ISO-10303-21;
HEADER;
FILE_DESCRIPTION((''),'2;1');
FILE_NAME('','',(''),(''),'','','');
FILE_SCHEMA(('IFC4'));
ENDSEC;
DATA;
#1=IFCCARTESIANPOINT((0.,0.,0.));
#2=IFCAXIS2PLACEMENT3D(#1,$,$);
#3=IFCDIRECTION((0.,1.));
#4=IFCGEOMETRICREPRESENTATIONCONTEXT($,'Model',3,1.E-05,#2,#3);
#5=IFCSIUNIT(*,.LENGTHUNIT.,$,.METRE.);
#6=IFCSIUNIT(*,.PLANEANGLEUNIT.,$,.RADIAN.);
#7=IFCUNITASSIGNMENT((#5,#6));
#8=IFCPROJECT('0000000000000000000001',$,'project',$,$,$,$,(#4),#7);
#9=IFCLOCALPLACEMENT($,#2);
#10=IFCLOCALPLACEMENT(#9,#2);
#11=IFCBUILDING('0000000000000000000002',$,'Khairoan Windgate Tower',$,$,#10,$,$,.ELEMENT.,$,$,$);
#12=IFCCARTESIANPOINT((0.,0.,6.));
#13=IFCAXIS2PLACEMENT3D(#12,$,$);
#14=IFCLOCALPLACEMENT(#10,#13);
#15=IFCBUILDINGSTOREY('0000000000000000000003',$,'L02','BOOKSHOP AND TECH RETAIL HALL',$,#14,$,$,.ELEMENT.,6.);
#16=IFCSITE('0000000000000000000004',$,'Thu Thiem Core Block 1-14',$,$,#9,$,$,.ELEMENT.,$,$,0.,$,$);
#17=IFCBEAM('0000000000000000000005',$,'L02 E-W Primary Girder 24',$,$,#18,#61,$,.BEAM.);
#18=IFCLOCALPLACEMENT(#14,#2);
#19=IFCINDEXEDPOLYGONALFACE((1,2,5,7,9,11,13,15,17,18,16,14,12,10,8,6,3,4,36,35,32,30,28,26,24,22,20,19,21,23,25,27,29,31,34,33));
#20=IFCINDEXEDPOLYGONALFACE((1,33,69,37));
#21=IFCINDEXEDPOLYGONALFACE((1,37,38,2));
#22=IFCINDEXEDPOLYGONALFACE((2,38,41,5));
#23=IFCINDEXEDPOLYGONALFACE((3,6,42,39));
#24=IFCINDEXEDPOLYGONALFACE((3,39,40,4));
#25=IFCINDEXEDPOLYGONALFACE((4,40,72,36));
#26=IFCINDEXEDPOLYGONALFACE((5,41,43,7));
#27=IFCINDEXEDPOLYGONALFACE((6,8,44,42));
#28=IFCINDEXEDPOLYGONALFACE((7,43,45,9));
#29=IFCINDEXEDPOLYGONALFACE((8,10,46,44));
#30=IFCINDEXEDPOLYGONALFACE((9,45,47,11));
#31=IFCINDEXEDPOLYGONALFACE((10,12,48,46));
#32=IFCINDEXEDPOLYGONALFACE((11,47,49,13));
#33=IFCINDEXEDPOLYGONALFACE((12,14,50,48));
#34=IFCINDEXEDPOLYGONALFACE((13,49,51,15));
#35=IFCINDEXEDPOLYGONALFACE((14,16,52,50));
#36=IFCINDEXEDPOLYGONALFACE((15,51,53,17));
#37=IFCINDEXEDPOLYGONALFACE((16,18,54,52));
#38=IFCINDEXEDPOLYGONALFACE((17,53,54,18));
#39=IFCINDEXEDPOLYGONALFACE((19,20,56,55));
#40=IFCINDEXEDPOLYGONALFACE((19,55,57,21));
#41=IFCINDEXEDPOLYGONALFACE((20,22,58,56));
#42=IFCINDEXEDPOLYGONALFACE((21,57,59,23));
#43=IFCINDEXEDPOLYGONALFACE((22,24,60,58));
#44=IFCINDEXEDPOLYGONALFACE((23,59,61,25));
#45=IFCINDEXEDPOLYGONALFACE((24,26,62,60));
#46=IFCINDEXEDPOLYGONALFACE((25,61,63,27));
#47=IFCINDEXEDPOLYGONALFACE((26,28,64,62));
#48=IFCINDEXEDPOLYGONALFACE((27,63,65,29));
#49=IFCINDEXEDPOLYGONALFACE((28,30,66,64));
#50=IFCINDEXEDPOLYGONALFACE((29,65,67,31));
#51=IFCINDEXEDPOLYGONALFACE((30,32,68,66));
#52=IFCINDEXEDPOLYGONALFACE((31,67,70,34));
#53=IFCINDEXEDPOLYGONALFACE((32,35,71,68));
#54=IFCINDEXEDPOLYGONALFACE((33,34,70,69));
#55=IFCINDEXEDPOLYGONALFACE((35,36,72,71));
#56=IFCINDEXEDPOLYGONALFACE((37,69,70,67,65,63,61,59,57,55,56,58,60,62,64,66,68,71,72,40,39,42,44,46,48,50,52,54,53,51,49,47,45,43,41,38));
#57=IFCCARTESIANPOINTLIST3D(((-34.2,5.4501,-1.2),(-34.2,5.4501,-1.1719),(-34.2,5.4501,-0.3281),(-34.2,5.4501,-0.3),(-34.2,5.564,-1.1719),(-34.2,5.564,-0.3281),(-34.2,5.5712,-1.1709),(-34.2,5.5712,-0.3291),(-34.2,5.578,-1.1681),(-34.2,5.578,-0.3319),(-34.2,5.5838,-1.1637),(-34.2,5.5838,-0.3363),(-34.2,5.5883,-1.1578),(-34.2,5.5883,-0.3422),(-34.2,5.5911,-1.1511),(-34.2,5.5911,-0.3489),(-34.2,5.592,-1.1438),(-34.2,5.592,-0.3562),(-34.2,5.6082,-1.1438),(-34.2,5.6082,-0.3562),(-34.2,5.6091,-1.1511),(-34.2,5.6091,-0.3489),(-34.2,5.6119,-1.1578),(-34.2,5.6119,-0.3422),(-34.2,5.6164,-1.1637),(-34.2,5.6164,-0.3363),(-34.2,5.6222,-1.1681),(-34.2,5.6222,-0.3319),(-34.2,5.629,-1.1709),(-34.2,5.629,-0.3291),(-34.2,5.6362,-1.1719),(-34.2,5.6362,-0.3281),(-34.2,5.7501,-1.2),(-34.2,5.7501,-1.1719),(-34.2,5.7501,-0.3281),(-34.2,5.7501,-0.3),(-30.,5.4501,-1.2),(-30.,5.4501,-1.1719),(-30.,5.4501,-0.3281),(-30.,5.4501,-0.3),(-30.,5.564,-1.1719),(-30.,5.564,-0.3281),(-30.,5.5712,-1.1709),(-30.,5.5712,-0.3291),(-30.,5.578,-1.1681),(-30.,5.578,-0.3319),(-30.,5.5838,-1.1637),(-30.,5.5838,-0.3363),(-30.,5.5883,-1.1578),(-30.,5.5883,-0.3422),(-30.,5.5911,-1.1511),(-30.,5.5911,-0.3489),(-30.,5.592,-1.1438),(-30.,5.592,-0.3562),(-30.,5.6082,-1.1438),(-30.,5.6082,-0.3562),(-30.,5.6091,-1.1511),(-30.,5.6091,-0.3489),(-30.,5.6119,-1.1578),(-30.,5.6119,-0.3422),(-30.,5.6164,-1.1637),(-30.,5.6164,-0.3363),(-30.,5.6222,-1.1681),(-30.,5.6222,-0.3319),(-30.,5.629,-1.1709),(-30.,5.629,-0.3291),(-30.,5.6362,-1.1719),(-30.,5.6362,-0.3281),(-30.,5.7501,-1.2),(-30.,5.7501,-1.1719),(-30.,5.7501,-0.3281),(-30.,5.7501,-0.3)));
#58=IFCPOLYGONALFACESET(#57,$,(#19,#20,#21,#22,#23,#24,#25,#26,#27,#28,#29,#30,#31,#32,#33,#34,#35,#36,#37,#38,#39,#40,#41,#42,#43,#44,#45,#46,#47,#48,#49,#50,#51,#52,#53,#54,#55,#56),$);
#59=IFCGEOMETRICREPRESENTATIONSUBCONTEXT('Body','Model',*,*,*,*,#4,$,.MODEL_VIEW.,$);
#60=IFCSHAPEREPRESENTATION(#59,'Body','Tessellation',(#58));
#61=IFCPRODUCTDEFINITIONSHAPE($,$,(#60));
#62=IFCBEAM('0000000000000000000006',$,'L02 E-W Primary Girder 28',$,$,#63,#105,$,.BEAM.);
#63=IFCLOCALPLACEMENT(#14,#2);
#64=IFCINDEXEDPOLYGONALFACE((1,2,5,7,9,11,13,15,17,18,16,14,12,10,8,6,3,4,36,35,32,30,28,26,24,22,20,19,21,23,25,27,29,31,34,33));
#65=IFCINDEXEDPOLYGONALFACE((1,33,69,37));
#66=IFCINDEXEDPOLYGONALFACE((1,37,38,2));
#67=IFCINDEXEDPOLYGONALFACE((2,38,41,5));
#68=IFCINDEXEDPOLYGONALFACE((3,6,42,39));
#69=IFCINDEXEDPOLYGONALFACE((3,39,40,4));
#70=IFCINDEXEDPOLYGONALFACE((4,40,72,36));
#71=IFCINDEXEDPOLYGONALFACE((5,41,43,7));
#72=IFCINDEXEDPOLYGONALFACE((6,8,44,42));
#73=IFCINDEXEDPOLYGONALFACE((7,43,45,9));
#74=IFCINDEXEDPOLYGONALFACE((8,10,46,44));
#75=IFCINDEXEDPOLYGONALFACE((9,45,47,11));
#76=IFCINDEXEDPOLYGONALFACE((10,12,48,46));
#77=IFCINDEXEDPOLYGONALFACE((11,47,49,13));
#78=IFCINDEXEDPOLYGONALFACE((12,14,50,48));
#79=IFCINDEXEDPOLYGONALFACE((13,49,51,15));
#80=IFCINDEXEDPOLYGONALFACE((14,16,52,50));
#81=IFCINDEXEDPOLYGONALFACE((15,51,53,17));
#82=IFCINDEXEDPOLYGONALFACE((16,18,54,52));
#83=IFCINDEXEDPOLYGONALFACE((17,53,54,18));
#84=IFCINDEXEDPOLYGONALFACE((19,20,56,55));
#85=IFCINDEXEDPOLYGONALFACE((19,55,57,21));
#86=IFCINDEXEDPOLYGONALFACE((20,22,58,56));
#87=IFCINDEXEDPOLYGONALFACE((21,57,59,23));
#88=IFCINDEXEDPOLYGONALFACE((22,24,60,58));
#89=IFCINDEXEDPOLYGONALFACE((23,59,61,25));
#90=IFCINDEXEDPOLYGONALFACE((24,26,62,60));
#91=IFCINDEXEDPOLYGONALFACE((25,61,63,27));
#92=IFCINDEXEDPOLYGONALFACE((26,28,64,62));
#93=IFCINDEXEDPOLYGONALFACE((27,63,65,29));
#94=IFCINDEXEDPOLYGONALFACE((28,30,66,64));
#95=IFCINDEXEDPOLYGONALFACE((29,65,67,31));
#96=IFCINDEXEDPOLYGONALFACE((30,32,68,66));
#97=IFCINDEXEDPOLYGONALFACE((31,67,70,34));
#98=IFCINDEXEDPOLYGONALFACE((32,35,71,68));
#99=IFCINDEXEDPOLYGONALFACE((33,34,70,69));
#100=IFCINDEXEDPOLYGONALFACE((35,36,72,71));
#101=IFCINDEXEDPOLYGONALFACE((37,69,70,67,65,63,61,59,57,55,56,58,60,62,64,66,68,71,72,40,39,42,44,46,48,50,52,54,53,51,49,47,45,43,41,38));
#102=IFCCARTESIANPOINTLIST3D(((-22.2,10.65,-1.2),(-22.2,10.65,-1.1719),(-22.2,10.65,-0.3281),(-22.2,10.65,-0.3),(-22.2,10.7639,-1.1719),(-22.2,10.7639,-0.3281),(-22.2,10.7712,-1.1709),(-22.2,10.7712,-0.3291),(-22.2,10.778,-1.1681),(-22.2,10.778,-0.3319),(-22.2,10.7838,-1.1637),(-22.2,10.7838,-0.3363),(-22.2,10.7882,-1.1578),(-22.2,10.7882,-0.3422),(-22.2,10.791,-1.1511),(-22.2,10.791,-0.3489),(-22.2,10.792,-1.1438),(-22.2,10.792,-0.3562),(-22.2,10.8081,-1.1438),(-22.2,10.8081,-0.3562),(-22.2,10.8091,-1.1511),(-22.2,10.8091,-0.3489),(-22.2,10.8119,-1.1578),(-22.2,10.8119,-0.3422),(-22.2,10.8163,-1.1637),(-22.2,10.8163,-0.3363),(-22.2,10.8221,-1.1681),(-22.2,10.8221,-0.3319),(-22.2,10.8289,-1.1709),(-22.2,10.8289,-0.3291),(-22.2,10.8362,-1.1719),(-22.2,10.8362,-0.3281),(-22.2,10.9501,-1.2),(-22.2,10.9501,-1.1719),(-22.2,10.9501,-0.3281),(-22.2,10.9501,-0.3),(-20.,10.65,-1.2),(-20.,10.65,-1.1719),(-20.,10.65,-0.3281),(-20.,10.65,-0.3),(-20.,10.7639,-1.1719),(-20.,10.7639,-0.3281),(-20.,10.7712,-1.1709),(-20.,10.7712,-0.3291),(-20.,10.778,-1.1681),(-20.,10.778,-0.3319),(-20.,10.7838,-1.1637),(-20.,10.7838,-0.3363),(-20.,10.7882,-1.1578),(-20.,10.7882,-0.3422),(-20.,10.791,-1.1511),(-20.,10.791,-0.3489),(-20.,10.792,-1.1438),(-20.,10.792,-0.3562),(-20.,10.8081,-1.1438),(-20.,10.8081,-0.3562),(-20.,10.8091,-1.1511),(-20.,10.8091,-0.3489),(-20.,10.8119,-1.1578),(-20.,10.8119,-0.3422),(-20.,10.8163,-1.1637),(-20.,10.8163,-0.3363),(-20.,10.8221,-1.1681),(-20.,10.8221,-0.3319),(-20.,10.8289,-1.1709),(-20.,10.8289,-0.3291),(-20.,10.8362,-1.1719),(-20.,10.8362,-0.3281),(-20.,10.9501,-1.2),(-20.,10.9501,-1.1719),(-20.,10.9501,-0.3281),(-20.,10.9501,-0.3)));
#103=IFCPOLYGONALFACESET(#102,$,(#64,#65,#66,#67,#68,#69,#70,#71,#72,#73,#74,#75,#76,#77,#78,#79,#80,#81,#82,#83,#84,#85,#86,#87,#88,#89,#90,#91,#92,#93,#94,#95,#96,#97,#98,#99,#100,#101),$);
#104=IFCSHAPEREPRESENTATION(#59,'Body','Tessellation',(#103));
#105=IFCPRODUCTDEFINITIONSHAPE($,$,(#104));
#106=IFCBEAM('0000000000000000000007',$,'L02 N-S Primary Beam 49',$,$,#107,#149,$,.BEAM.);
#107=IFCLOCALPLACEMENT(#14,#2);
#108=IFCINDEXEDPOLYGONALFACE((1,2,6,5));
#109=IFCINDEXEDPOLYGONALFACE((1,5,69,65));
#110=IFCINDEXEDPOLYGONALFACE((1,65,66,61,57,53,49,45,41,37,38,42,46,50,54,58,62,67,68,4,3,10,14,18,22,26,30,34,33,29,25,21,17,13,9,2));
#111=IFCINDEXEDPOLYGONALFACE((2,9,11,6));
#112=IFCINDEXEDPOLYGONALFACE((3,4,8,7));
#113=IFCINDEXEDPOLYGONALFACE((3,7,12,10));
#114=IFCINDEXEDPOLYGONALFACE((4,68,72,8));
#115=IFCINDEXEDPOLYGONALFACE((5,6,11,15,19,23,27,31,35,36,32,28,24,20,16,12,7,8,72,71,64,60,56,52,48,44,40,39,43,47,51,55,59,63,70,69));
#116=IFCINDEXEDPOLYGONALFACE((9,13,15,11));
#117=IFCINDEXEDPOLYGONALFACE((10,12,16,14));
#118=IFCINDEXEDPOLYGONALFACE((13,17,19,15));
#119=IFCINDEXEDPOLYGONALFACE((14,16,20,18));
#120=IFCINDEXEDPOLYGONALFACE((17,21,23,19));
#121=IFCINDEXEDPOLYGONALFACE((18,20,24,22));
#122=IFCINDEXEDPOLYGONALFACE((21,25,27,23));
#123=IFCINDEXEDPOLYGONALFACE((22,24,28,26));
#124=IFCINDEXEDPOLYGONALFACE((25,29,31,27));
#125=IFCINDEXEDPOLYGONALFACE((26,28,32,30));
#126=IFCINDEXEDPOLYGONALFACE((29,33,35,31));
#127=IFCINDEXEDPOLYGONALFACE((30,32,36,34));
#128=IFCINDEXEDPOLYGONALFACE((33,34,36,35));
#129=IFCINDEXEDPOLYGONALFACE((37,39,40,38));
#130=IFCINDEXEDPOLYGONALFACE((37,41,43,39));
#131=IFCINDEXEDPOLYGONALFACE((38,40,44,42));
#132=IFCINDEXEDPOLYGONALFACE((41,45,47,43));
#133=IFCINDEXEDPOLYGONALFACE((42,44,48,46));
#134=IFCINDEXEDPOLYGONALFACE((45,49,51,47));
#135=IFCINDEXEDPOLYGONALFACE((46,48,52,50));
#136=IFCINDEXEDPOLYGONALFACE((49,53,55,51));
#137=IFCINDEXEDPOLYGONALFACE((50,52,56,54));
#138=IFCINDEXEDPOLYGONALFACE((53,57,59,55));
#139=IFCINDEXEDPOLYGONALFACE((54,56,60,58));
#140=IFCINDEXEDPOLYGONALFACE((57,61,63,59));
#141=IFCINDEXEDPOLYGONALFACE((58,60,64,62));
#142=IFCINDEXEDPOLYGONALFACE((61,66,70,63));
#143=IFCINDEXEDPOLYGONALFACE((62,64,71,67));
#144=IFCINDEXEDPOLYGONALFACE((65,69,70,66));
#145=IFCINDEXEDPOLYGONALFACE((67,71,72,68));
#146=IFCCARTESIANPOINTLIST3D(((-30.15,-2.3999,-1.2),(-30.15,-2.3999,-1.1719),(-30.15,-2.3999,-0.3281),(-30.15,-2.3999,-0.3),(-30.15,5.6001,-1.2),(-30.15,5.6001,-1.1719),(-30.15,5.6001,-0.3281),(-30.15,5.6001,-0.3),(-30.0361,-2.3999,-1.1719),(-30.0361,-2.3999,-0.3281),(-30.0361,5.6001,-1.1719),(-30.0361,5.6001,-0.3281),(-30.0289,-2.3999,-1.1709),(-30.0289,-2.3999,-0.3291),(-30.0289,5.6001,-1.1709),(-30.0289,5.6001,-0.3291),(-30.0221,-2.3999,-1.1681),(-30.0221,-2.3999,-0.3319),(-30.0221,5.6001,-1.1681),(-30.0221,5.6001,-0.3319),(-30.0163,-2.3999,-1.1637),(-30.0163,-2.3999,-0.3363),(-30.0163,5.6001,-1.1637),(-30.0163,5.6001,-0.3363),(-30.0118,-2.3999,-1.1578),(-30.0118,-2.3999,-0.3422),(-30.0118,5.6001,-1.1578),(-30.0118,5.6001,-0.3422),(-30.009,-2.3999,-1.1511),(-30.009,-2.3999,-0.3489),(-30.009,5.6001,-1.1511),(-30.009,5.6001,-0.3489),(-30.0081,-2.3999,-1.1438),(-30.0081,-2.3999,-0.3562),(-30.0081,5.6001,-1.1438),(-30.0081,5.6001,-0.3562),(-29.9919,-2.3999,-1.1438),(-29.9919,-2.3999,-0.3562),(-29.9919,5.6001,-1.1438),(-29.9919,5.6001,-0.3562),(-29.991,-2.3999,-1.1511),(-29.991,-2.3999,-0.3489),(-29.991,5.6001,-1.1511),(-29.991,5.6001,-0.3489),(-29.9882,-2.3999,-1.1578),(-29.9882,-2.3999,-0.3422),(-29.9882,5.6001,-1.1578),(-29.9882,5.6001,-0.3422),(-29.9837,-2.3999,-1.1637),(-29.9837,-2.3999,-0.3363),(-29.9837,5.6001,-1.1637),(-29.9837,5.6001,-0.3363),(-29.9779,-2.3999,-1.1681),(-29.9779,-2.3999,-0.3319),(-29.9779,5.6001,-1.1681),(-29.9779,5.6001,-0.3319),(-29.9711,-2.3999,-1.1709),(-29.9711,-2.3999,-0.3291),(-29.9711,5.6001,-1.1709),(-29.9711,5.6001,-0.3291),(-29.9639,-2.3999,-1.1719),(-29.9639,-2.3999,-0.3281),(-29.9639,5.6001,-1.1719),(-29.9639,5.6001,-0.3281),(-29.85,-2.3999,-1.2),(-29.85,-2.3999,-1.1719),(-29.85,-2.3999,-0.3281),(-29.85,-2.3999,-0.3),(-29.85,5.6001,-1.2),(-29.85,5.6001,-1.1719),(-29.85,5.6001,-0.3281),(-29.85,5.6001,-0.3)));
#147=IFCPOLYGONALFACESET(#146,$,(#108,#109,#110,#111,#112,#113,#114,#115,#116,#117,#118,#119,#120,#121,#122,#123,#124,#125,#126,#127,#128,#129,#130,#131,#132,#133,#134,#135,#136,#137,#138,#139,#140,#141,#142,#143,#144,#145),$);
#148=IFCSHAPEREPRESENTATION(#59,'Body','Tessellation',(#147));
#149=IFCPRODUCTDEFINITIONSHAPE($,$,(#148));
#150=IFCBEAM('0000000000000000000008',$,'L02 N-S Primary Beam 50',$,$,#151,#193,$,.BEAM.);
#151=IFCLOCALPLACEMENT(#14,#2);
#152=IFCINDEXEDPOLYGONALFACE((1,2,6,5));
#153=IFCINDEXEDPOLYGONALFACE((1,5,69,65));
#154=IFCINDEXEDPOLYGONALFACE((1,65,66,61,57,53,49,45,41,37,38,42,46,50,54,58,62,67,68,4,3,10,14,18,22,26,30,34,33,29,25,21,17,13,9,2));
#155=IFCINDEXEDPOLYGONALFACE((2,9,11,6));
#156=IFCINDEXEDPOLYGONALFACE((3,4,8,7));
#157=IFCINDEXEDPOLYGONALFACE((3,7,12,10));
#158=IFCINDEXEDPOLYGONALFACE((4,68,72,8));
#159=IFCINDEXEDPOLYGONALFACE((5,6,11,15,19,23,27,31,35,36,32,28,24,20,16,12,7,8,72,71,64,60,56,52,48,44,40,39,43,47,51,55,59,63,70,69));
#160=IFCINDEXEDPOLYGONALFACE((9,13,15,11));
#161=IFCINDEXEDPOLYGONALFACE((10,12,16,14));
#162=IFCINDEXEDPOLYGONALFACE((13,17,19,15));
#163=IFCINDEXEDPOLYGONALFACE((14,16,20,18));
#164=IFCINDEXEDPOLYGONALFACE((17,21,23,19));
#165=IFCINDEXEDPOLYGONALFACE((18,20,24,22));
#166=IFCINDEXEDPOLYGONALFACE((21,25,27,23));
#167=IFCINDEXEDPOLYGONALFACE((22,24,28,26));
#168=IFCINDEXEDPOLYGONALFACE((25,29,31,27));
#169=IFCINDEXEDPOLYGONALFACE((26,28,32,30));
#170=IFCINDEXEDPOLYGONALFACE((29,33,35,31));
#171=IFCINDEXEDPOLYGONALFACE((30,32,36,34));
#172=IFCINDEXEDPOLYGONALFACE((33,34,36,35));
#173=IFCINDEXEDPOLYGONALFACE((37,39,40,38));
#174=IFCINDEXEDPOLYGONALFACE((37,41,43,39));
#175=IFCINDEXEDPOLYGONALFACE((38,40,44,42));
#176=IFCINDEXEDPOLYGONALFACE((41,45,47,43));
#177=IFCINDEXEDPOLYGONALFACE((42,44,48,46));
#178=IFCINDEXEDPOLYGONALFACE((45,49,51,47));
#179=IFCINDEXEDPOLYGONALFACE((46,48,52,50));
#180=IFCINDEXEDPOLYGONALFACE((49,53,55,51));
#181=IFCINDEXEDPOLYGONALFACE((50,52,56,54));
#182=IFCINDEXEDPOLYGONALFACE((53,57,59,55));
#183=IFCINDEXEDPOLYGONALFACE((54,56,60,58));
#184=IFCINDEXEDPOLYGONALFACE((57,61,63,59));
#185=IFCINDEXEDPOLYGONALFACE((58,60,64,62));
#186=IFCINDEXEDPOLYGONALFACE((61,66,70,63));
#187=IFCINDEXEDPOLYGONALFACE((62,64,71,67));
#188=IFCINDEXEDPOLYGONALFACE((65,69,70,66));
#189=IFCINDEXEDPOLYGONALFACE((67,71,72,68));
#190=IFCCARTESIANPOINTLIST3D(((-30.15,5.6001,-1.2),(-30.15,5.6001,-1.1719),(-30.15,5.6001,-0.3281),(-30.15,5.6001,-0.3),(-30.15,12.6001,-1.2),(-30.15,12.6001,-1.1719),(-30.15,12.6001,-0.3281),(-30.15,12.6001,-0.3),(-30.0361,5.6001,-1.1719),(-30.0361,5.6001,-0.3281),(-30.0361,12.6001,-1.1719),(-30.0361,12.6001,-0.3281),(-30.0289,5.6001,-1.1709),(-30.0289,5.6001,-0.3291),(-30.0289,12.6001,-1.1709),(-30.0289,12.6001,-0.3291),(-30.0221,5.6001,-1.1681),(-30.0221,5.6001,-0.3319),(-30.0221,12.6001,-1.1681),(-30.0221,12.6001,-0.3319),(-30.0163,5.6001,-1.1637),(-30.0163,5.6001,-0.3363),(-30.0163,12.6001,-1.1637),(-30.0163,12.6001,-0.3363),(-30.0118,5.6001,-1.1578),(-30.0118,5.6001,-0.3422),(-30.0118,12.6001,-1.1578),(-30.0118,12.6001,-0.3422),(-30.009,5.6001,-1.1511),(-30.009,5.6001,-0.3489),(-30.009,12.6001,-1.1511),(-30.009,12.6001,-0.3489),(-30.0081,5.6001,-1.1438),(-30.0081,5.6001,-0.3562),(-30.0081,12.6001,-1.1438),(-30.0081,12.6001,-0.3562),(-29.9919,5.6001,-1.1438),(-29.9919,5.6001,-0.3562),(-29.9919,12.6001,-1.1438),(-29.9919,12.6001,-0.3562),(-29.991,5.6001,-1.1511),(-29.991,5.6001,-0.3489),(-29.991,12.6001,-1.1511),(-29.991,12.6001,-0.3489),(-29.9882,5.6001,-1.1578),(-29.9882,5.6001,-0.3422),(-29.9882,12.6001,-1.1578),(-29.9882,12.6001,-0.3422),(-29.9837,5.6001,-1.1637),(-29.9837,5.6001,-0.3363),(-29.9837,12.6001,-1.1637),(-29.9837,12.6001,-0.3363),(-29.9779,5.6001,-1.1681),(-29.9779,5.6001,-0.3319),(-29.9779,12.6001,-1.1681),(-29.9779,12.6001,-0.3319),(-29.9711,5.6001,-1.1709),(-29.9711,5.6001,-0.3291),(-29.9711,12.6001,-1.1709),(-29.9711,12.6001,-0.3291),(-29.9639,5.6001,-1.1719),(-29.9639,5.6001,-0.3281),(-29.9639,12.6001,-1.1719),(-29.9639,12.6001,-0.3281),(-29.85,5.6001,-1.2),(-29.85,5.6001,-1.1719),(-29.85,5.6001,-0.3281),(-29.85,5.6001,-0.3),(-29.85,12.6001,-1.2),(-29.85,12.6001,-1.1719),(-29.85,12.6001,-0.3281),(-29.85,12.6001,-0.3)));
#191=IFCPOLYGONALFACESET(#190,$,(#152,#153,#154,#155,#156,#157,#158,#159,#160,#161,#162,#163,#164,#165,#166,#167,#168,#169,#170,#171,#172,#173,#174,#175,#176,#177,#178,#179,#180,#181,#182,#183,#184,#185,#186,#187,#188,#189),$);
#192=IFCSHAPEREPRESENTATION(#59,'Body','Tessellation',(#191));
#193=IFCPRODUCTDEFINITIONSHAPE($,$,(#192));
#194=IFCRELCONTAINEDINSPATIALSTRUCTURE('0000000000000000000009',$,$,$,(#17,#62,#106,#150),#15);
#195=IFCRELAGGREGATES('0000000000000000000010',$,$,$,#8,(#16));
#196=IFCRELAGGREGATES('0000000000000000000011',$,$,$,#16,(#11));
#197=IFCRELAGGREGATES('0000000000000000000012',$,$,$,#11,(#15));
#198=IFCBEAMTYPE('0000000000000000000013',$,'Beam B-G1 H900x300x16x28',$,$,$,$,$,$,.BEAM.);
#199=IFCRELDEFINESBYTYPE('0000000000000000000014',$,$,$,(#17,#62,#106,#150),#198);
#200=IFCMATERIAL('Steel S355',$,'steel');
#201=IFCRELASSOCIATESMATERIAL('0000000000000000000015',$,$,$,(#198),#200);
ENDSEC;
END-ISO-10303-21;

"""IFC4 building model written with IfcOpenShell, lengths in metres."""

from ifc_helpers import new_model, si_unit, direction, frame, origin, origin_2d, place, context, subcontext, project, spatial, i_section, extrude, material, material_profile, profile_set, type_object, element, save


model = new_model("IFC4")

# Units and contexts
model_context = context("Model", 3, precision=1e-05, world=origin(), true_north=direction((0.0, 1.0)))
body_context = subcontext(model_context, "Body", "Model", "MODEL_VIEW")
ifc_project = project(units=[si_unit("LENGTHUNIT", "METRE"), si_unit("PLANEANGLEUNIT", "RADIAN")], contexts=[model_context])

# Site, building, storey
site_placement = place(None, origin())
site = spatial("IfcSite", under=ifc_project, at=site_placement, Name="Thu Thiem Core Block 1-14", CompositionType="ELEMENT", RefElevation=0.0)
building_placement = place(site_placement, origin())
building = spatial("IfcBuilding", under=site, at=building_placement, Name="Khairoan Windgate Tower", CompositionType="ELEMENT")
storey_placement = place(building_placement, frame((0.0, 0.0, 6.0)))
storey = spatial("IfcBuildingStorey", under=building, at=storey_placement, Name="L02", Description="BOOKSHOP AND TECH RETAIL HALL", CompositionType="ELEMENT", Elevation=6.0)

# Beams
ifc_material_1 = material(Name="Steel S355", Category="steel")
ifc_material_profile_1 = material_profile(ifc_material_1, i_section(OverallWidth=0.3, OverallDepth=0.8999, WebThickness=0.0161, FlangeThickness=0.0281, FilletRadius=0.0281, at=origin_2d()))
ifc_profile_set_1 = profile_set([ifc_material_profile_1], Name="Steel S355")
beam_type_1 = type_object("IfcBeamType", Name="Beam B-G1 H900x300x16x28", PredefinedType="BEAM", material=ifc_profile_set_1)
beam_1_placement = place(storey_placement, frame((-34.2, 5.6001, -0.75), z_axis=(1.0, 0.0, 0.0), x_axis=(0.0, 1.0, 0.0)))
element("IfcBeam", 1, at=beam_1_placement, inside=storey, type_object=beam_type_1, Name="L02 E-W Primary Girder 24", PredefinedType="BEAM", context=body_context, shape_type="SweptSolid", body=[
    extrude(i_section(OverallWidth=0.3, OverallDepth=0.8999, WebThickness=0.0161, FlangeThickness=0.0281, FilletRadius=0.0281, at=origin_2d()), origin(), (0.0, 0.0, 1.0), 4.2),
])
beam_2_placement = place(storey_placement, frame((-22.2, 10.8, -0.75), z_axis=(1.0, 0.0, 0.0), x_axis=(0.0, 1.0, 0.0)))
element("IfcBeam", 2, at=beam_2_placement, inside=storey, type_object=beam_type_1, Name="L02 E-W Primary Girder 28", PredefinedType="BEAM", context=body_context, shape_type="SweptSolid", body=[
    extrude(i_section(OverallWidth=0.3, OverallDepth=0.8999, WebThickness=0.0161, FlangeThickness=0.0281, FilletRadius=0.0281, at=origin_2d()), origin(), (0.0, 0.0, 1.0), 2.2),
])
beam_3_placement = place(storey_placement, frame((-30.0, -2.3999, -0.75), z_axis=(0.0, 1.0, 0.0), x_axis=(-1.0, 0.0, 0.0)))
element("IfcBeam", 3, at=beam_3_placement, inside=storey, type_object=beam_type_1, Name="L02 N-S Primary Beam 49", PredefinedType="BEAM", context=body_context, shape_type="SweptSolid", body=[
    extrude(i_section(OverallWidth=0.3, OverallDepth=0.8999, WebThickness=0.0161, FlangeThickness=0.0281, FilletRadius=0.0281, at=origin_2d()), origin(), (0.0, 0.0, 1.0), 8.0),
])
beam_4_placement = place(storey_placement, frame((-30.0, 5.6001, -0.75), z_axis=(0.0, 1.0, 0.0), x_axis=(-1.0, 0.0, 0.0)))
element("IfcBeam", 4, at=beam_4_placement, inside=storey, type_object=beam_type_1, Name="L02 N-S Primary Beam 50", PredefinedType="BEAM", context=body_context, shape_type="SweptSolid", body=[
    extrude(i_section(OverallWidth=0.3, OverallDepth=0.8999, WebThickness=0.0161, FlangeThickness=0.0281, FilletRadius=0.0281, at=origin_2d()), origin(), (0.0, 0.0, 1.0), 7.0),
])

save(model, "model.ifc")
